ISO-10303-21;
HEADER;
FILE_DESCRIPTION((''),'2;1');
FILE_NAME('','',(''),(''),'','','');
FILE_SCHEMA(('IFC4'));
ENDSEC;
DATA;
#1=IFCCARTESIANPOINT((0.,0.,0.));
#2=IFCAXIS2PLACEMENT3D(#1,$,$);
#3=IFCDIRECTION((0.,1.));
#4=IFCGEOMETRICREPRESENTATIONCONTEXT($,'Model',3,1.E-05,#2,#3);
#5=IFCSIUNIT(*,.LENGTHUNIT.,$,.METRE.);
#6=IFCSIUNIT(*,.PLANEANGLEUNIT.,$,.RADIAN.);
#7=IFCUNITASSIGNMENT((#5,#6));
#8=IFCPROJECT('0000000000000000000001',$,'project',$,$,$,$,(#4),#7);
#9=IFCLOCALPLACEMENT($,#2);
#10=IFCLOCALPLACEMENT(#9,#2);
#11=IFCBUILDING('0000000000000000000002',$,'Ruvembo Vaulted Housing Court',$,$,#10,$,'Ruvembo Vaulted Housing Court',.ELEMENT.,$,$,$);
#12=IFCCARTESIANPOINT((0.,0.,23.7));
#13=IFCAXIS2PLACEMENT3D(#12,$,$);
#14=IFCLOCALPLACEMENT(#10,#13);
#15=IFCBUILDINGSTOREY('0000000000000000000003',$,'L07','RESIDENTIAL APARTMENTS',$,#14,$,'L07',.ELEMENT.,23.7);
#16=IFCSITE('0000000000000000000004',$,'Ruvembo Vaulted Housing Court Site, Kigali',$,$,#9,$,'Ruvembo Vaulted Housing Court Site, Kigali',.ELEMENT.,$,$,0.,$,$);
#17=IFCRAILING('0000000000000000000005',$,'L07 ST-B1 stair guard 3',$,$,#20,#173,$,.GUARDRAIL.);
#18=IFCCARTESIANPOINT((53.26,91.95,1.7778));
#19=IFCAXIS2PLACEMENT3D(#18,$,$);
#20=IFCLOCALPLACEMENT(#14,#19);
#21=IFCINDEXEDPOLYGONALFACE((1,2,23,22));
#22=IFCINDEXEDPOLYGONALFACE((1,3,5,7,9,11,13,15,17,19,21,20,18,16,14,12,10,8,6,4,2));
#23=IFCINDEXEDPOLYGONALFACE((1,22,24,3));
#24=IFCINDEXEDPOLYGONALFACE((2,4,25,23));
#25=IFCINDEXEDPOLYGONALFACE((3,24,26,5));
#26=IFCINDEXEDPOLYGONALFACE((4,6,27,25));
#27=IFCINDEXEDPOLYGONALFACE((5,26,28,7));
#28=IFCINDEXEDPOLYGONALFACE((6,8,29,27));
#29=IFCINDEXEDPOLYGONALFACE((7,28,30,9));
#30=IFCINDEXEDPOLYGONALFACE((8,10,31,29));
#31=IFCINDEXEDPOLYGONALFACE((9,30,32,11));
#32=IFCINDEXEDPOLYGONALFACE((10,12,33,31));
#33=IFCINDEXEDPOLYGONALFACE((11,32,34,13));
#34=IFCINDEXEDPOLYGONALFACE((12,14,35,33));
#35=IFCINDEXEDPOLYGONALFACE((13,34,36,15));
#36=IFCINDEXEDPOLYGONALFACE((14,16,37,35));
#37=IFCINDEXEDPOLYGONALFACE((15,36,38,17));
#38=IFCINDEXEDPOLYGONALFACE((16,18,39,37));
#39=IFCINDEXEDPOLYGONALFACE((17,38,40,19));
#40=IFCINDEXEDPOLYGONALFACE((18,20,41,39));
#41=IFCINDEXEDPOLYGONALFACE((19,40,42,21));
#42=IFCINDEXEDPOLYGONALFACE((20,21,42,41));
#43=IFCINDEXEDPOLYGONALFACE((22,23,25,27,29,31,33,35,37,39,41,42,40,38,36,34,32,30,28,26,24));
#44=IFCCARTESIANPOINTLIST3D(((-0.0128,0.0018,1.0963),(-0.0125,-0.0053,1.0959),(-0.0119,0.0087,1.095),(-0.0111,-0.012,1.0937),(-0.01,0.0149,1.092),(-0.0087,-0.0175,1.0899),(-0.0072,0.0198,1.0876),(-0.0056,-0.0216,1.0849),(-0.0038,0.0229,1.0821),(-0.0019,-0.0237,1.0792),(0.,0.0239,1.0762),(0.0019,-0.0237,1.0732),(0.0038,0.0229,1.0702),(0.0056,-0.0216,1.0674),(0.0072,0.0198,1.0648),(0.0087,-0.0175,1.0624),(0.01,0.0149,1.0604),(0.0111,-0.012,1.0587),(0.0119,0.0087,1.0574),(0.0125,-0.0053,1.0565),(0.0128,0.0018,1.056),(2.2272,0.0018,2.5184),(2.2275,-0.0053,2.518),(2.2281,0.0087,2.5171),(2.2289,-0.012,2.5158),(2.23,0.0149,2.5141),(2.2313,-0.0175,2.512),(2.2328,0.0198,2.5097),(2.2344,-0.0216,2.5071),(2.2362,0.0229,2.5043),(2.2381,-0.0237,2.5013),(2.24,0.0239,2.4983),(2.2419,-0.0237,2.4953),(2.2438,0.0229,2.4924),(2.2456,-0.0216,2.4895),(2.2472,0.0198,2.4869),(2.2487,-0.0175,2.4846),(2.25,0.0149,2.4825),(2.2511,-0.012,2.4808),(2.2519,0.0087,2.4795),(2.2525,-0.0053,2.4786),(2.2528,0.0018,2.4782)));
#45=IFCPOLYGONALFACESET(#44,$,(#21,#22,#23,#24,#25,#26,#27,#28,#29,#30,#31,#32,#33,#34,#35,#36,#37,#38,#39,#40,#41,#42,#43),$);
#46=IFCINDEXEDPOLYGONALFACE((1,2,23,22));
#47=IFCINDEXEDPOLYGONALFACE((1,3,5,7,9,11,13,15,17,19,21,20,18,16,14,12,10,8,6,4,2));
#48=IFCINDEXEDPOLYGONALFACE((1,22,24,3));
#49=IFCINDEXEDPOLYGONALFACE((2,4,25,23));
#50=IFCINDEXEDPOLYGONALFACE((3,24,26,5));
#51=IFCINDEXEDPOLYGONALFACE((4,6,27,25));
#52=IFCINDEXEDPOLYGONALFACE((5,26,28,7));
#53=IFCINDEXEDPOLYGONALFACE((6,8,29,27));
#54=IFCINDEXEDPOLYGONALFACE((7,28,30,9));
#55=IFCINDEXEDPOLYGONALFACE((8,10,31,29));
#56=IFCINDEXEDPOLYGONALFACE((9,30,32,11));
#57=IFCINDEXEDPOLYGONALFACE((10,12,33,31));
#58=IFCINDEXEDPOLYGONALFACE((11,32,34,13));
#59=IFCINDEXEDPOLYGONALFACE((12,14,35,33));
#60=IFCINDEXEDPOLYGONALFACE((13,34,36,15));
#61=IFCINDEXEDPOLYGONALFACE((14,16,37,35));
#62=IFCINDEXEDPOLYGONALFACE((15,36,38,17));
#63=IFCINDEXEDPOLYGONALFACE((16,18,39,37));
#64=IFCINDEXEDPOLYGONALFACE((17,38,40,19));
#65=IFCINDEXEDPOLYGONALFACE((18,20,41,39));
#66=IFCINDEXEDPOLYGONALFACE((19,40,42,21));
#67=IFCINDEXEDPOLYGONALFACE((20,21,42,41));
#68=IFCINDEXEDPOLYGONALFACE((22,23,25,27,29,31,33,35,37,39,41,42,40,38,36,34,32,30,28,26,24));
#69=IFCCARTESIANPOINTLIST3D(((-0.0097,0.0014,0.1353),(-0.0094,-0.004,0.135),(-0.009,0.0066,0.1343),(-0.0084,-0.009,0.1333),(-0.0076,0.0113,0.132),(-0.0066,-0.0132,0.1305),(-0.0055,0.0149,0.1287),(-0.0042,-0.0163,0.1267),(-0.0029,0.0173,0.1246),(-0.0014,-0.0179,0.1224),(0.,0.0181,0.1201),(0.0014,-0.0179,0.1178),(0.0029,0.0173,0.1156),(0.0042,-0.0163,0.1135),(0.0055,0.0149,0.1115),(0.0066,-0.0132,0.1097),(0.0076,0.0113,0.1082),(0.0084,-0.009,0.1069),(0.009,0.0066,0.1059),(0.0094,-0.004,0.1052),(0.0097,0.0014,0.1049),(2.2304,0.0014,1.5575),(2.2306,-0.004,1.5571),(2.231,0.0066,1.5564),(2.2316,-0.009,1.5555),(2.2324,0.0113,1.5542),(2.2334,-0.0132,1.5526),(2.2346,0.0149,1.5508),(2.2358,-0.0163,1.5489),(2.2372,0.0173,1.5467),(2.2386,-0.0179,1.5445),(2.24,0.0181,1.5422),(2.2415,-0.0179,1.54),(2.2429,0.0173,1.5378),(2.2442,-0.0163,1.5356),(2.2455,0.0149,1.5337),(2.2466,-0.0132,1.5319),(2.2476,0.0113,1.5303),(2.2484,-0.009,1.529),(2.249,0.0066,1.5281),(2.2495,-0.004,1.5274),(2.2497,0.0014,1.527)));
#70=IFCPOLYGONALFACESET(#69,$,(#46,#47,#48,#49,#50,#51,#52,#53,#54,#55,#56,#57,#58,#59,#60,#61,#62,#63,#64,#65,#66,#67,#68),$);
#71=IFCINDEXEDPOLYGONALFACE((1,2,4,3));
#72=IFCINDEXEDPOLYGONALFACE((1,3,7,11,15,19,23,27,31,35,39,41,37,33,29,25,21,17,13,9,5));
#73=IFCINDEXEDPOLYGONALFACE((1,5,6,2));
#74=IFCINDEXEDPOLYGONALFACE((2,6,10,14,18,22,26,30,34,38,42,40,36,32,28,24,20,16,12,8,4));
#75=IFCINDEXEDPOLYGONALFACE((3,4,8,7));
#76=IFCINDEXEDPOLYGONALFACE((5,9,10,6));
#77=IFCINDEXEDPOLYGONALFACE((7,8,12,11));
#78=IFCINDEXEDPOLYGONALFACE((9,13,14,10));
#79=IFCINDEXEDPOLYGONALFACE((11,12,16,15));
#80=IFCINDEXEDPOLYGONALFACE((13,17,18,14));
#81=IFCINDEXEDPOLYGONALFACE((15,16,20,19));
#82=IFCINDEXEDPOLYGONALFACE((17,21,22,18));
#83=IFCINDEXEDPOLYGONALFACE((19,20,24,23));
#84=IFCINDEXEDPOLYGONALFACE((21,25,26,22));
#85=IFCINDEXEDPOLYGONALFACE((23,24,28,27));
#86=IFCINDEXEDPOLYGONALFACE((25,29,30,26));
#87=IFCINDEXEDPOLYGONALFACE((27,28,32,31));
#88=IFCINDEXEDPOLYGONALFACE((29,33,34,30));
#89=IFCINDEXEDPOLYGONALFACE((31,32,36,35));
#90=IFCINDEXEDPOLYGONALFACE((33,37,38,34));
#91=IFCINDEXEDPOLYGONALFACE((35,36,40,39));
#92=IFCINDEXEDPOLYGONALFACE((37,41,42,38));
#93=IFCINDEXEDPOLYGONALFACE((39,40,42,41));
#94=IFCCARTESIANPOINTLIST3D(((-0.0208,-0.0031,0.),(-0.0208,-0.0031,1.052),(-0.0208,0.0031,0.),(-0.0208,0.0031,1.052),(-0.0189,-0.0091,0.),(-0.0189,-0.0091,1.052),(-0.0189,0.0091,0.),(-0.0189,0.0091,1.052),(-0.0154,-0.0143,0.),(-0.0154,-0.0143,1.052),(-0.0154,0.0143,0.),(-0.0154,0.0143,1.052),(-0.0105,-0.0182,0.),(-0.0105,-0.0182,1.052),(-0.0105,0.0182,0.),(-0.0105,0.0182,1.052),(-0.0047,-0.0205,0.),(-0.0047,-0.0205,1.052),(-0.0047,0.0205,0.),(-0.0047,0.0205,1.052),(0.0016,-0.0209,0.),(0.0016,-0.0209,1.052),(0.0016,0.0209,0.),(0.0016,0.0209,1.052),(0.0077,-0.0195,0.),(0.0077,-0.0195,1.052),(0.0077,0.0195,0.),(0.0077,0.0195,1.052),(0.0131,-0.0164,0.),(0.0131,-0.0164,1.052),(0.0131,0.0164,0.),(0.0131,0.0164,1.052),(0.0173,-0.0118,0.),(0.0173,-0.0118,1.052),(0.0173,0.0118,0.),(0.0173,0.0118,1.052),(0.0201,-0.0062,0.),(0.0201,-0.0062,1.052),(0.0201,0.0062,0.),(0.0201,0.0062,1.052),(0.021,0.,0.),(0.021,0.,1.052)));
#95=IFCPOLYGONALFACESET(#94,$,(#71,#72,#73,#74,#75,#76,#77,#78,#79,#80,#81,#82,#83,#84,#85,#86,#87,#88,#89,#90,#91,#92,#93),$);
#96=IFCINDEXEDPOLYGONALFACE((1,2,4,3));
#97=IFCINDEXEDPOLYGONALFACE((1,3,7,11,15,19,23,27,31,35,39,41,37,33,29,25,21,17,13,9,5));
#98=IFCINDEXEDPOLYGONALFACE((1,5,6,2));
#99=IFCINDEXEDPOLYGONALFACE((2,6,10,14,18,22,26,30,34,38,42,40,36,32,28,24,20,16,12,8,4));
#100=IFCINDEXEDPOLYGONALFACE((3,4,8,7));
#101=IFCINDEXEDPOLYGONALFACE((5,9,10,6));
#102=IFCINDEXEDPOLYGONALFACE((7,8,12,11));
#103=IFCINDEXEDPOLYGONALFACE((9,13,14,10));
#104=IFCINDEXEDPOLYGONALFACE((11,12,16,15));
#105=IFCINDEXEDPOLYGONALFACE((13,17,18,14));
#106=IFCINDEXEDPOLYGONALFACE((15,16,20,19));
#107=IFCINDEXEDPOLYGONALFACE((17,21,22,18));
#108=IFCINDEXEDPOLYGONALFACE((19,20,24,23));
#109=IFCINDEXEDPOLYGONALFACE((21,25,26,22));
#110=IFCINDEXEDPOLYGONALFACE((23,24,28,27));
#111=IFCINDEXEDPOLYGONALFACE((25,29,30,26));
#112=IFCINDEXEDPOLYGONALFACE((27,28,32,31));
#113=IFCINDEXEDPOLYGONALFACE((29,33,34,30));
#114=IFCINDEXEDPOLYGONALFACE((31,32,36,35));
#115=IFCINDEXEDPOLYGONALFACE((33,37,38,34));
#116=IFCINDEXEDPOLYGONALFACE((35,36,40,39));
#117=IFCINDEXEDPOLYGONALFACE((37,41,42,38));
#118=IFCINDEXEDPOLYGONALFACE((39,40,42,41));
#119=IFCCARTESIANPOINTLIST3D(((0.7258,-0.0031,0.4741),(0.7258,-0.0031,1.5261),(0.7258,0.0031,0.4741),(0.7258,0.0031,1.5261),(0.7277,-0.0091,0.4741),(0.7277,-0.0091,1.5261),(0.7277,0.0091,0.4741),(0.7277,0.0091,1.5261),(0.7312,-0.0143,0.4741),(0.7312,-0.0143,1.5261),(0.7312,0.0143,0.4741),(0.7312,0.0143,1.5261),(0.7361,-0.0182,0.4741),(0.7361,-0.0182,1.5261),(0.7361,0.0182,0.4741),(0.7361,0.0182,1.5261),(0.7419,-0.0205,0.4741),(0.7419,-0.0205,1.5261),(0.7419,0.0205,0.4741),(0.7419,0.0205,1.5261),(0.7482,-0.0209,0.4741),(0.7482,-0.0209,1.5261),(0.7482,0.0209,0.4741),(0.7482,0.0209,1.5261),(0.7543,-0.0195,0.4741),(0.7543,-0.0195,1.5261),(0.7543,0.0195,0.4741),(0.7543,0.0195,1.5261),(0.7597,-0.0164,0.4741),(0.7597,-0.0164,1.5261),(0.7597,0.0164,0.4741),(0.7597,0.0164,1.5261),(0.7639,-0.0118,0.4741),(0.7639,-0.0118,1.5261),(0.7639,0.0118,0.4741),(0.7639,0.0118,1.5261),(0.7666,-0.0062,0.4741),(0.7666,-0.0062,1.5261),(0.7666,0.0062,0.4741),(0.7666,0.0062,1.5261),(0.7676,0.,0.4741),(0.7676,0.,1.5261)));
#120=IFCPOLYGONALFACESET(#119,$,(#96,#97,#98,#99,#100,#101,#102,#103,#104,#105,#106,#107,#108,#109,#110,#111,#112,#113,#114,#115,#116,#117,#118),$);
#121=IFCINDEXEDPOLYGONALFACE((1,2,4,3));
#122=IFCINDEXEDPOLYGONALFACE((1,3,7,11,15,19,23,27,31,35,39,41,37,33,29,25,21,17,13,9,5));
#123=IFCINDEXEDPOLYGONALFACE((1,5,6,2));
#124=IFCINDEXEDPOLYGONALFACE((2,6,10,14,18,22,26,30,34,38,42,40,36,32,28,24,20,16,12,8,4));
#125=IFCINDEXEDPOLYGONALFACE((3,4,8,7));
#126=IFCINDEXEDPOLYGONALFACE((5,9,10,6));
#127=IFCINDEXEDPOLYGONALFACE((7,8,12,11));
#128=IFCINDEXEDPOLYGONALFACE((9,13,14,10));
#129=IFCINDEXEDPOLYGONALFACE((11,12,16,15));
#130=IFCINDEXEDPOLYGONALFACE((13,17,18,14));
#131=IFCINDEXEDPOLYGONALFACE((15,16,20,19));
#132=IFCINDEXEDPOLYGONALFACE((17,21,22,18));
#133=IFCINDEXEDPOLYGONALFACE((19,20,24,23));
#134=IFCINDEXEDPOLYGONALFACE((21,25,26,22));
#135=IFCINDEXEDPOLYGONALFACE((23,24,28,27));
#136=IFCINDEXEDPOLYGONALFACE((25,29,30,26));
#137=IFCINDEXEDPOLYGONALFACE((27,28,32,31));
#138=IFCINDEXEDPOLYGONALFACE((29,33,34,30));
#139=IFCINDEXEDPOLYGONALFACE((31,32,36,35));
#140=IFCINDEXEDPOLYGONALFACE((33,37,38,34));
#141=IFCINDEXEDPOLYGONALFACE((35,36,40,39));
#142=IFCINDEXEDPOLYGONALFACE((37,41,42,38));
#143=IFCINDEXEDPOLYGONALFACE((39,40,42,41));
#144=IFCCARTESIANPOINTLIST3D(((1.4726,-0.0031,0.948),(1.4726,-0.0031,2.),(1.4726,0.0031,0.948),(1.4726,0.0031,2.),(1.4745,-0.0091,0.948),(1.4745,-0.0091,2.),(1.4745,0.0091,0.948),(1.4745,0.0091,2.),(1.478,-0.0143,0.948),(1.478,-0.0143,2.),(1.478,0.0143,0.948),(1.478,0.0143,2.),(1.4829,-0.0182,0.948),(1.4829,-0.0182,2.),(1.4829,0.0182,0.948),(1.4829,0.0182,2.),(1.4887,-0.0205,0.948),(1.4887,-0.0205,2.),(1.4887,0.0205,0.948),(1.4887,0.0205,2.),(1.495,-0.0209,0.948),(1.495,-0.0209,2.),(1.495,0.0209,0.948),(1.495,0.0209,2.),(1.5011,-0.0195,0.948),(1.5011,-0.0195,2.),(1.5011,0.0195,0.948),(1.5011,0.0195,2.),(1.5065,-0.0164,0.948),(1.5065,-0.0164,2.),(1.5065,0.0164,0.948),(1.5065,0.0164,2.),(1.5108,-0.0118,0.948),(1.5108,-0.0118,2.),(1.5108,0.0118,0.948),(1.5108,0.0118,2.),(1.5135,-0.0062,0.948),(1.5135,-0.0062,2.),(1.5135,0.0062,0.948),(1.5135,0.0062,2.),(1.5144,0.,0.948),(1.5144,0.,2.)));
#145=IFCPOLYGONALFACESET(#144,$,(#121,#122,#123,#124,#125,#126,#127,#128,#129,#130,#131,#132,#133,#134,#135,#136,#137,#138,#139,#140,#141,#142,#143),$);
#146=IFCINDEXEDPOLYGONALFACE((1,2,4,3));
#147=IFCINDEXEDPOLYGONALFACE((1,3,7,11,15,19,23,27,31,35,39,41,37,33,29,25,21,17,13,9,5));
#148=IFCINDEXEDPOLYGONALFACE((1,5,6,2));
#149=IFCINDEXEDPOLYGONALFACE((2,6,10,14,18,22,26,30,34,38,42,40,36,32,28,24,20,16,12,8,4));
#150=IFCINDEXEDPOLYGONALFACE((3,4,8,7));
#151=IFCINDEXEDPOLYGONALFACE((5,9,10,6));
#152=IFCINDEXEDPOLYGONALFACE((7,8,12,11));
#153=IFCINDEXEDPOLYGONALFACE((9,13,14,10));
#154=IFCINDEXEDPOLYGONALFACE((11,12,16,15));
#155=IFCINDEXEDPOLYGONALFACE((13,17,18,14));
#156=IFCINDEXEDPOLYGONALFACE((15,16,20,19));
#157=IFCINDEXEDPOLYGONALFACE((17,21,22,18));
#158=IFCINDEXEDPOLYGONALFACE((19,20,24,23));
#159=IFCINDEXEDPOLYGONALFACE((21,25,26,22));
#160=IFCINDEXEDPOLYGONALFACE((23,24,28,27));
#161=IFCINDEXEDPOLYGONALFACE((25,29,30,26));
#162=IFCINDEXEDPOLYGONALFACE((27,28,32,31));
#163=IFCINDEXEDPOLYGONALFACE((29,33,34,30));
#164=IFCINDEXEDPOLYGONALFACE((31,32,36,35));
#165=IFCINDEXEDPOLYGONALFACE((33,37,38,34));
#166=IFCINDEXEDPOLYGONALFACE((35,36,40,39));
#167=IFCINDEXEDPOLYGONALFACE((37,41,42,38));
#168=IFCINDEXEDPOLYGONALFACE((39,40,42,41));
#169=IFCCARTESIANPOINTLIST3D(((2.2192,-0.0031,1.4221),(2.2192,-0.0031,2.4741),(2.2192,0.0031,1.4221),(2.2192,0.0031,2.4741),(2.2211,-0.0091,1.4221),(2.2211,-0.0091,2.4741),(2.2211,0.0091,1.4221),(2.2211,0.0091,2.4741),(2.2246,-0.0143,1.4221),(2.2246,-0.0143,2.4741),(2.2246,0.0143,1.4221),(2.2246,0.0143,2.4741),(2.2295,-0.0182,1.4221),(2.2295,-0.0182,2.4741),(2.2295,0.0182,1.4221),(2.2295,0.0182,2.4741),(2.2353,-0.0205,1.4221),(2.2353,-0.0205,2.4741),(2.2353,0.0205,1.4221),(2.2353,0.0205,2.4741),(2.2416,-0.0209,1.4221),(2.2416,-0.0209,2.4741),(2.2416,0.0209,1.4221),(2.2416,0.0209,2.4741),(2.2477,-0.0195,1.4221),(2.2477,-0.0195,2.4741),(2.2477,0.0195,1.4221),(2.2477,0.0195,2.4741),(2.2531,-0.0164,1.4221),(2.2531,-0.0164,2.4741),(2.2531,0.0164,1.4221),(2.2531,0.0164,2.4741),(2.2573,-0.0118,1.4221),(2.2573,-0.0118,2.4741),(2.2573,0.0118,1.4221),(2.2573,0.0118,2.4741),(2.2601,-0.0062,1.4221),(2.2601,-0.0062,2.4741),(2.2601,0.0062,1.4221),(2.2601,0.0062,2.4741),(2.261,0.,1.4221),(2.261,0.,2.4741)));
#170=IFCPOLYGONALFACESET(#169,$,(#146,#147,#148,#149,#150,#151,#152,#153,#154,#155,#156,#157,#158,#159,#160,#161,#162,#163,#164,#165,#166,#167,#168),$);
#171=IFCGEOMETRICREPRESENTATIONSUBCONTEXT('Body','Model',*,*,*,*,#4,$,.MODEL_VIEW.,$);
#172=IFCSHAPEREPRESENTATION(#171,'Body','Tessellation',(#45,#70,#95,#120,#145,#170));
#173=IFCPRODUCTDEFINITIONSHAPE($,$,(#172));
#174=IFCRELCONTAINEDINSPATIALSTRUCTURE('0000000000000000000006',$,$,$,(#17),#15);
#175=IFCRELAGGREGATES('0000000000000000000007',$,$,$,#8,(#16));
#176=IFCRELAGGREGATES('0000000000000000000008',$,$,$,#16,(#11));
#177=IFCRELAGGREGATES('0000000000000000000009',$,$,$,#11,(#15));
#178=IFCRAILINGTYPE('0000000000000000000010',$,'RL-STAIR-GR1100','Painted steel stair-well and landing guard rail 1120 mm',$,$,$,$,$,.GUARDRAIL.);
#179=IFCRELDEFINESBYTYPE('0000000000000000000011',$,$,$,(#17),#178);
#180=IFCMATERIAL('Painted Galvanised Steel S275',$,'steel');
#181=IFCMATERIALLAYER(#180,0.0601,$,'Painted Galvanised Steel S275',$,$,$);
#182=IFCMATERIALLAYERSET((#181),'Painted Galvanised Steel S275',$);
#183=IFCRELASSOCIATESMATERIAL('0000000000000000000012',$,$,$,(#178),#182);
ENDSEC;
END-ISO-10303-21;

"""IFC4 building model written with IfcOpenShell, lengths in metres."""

from ifc_helpers import new_model, si_unit, direction, frame, origin, origin_2d, place, context, subcontext, project, spatial, circle, extrude, material, layer, layer_set, type_object, element, save


model = new_model("IFC4")

# Units and contexts
model_context = context("Model", 3, precision=1e-05, world=origin(), true_north=direction((0.0, 1.0)))
body_context = subcontext(model_context, "Body", "Model", "MODEL_VIEW")
ifc_project = project(units=[si_unit("LENGTHUNIT", "METRE"), si_unit("PLANEANGLEUNIT", "RADIAN")], contexts=[model_context])

# Site, building, storey
site_placement = place(None, origin())
site = spatial("IfcSite", under=ifc_project, at=site_placement, Name="Ruvembo Vaulted Housing Court Site, Kigali", LongName="Ruvembo Vaulted Housing Court Site, Kigali", CompositionType="ELEMENT", RefElevation=0.0)
building_placement = place(site_placement, origin())
building = spatial("IfcBuilding", under=site, at=building_placement, Name="Ruvembo Vaulted Housing Court", LongName="Ruvembo Vaulted Housing Court", CompositionType="ELEMENT")
storey_placement = place(building_placement, frame((0.0, 0.0, 23.7)))
storey = spatial("IfcBuildingStorey", under=building, at=storey_placement, Name="L07", Description="RESIDENTIAL APARTMENTS", LongName="L07", CompositionType="ELEMENT", Elevation=23.7)

# Railing
ifc_material_1 = material(Name="Painted Galvanised Steel S275", Category="steel")
ifc_layer_1 = layer(ifc_material_1, 0.0601, Name="Painted Galvanised Steel S275")
ifc_layer_set_1 = layer_set([ifc_layer_1], Name="Painted Galvanised Steel S275")
railing_type_1 = type_object("IfcRailingType", Name="RL-STAIR-GR1100", Description="Painted steel stair-well and landing guard rail 1120 mm", PredefinedType="GUARDRAIL", material=ifc_layer_set_1)
railing_1_placement = place(storey_placement, frame((53.26, 91.95, 1.7778)))
element("IfcRailing", 1, at=railing_1_placement, inside=storey, type_object=railing_type_1, Name="L07 ST-B1 stair guard 3", PredefinedType="GUARDRAIL", context=body_context, shape_type="SweptSolid", body=[
    extrude(circle(Radius=0.0239, at=origin_2d()), frame((0.0, 0.0, 1.0762), z_axis=(0.844229, 0.0, 0.535982), x_axis=(0.0, 1.0, 0.0)), (0.0, 0.0, 1.0), 2.6533),
    extrude(circle(Radius=0.0181, at=origin_2d()), frame((0.0, 0.0, 0.1201), z_axis=(0.844229, 0.0, 0.535982), x_axis=(0.0, 1.0, 0.0)), (0.0, 0.0, 1.0), 2.6533),
    extrude(circle(Radius=0.021, at=origin_2d()), origin(), (0.0, 0.0, 1.0), 1.052),
    extrude(circle(Radius=0.021, at=origin_2d()), frame((0.7466, 0.0, 0.4741)), (0.0, 0.0, 1.0), 1.052),
    extrude(circle(Radius=0.021, at=origin_2d()), frame((1.4934, 0.0, 0.948)), (0.0, 0.0, 1.0), 1.052),
    extrude(circle(Radius=0.021, at=origin_2d()), frame((2.24, 0.0, 1.4221)), (0.0, 0.0, 1.0), 1.052),
])

save(model, "model.ifc")
